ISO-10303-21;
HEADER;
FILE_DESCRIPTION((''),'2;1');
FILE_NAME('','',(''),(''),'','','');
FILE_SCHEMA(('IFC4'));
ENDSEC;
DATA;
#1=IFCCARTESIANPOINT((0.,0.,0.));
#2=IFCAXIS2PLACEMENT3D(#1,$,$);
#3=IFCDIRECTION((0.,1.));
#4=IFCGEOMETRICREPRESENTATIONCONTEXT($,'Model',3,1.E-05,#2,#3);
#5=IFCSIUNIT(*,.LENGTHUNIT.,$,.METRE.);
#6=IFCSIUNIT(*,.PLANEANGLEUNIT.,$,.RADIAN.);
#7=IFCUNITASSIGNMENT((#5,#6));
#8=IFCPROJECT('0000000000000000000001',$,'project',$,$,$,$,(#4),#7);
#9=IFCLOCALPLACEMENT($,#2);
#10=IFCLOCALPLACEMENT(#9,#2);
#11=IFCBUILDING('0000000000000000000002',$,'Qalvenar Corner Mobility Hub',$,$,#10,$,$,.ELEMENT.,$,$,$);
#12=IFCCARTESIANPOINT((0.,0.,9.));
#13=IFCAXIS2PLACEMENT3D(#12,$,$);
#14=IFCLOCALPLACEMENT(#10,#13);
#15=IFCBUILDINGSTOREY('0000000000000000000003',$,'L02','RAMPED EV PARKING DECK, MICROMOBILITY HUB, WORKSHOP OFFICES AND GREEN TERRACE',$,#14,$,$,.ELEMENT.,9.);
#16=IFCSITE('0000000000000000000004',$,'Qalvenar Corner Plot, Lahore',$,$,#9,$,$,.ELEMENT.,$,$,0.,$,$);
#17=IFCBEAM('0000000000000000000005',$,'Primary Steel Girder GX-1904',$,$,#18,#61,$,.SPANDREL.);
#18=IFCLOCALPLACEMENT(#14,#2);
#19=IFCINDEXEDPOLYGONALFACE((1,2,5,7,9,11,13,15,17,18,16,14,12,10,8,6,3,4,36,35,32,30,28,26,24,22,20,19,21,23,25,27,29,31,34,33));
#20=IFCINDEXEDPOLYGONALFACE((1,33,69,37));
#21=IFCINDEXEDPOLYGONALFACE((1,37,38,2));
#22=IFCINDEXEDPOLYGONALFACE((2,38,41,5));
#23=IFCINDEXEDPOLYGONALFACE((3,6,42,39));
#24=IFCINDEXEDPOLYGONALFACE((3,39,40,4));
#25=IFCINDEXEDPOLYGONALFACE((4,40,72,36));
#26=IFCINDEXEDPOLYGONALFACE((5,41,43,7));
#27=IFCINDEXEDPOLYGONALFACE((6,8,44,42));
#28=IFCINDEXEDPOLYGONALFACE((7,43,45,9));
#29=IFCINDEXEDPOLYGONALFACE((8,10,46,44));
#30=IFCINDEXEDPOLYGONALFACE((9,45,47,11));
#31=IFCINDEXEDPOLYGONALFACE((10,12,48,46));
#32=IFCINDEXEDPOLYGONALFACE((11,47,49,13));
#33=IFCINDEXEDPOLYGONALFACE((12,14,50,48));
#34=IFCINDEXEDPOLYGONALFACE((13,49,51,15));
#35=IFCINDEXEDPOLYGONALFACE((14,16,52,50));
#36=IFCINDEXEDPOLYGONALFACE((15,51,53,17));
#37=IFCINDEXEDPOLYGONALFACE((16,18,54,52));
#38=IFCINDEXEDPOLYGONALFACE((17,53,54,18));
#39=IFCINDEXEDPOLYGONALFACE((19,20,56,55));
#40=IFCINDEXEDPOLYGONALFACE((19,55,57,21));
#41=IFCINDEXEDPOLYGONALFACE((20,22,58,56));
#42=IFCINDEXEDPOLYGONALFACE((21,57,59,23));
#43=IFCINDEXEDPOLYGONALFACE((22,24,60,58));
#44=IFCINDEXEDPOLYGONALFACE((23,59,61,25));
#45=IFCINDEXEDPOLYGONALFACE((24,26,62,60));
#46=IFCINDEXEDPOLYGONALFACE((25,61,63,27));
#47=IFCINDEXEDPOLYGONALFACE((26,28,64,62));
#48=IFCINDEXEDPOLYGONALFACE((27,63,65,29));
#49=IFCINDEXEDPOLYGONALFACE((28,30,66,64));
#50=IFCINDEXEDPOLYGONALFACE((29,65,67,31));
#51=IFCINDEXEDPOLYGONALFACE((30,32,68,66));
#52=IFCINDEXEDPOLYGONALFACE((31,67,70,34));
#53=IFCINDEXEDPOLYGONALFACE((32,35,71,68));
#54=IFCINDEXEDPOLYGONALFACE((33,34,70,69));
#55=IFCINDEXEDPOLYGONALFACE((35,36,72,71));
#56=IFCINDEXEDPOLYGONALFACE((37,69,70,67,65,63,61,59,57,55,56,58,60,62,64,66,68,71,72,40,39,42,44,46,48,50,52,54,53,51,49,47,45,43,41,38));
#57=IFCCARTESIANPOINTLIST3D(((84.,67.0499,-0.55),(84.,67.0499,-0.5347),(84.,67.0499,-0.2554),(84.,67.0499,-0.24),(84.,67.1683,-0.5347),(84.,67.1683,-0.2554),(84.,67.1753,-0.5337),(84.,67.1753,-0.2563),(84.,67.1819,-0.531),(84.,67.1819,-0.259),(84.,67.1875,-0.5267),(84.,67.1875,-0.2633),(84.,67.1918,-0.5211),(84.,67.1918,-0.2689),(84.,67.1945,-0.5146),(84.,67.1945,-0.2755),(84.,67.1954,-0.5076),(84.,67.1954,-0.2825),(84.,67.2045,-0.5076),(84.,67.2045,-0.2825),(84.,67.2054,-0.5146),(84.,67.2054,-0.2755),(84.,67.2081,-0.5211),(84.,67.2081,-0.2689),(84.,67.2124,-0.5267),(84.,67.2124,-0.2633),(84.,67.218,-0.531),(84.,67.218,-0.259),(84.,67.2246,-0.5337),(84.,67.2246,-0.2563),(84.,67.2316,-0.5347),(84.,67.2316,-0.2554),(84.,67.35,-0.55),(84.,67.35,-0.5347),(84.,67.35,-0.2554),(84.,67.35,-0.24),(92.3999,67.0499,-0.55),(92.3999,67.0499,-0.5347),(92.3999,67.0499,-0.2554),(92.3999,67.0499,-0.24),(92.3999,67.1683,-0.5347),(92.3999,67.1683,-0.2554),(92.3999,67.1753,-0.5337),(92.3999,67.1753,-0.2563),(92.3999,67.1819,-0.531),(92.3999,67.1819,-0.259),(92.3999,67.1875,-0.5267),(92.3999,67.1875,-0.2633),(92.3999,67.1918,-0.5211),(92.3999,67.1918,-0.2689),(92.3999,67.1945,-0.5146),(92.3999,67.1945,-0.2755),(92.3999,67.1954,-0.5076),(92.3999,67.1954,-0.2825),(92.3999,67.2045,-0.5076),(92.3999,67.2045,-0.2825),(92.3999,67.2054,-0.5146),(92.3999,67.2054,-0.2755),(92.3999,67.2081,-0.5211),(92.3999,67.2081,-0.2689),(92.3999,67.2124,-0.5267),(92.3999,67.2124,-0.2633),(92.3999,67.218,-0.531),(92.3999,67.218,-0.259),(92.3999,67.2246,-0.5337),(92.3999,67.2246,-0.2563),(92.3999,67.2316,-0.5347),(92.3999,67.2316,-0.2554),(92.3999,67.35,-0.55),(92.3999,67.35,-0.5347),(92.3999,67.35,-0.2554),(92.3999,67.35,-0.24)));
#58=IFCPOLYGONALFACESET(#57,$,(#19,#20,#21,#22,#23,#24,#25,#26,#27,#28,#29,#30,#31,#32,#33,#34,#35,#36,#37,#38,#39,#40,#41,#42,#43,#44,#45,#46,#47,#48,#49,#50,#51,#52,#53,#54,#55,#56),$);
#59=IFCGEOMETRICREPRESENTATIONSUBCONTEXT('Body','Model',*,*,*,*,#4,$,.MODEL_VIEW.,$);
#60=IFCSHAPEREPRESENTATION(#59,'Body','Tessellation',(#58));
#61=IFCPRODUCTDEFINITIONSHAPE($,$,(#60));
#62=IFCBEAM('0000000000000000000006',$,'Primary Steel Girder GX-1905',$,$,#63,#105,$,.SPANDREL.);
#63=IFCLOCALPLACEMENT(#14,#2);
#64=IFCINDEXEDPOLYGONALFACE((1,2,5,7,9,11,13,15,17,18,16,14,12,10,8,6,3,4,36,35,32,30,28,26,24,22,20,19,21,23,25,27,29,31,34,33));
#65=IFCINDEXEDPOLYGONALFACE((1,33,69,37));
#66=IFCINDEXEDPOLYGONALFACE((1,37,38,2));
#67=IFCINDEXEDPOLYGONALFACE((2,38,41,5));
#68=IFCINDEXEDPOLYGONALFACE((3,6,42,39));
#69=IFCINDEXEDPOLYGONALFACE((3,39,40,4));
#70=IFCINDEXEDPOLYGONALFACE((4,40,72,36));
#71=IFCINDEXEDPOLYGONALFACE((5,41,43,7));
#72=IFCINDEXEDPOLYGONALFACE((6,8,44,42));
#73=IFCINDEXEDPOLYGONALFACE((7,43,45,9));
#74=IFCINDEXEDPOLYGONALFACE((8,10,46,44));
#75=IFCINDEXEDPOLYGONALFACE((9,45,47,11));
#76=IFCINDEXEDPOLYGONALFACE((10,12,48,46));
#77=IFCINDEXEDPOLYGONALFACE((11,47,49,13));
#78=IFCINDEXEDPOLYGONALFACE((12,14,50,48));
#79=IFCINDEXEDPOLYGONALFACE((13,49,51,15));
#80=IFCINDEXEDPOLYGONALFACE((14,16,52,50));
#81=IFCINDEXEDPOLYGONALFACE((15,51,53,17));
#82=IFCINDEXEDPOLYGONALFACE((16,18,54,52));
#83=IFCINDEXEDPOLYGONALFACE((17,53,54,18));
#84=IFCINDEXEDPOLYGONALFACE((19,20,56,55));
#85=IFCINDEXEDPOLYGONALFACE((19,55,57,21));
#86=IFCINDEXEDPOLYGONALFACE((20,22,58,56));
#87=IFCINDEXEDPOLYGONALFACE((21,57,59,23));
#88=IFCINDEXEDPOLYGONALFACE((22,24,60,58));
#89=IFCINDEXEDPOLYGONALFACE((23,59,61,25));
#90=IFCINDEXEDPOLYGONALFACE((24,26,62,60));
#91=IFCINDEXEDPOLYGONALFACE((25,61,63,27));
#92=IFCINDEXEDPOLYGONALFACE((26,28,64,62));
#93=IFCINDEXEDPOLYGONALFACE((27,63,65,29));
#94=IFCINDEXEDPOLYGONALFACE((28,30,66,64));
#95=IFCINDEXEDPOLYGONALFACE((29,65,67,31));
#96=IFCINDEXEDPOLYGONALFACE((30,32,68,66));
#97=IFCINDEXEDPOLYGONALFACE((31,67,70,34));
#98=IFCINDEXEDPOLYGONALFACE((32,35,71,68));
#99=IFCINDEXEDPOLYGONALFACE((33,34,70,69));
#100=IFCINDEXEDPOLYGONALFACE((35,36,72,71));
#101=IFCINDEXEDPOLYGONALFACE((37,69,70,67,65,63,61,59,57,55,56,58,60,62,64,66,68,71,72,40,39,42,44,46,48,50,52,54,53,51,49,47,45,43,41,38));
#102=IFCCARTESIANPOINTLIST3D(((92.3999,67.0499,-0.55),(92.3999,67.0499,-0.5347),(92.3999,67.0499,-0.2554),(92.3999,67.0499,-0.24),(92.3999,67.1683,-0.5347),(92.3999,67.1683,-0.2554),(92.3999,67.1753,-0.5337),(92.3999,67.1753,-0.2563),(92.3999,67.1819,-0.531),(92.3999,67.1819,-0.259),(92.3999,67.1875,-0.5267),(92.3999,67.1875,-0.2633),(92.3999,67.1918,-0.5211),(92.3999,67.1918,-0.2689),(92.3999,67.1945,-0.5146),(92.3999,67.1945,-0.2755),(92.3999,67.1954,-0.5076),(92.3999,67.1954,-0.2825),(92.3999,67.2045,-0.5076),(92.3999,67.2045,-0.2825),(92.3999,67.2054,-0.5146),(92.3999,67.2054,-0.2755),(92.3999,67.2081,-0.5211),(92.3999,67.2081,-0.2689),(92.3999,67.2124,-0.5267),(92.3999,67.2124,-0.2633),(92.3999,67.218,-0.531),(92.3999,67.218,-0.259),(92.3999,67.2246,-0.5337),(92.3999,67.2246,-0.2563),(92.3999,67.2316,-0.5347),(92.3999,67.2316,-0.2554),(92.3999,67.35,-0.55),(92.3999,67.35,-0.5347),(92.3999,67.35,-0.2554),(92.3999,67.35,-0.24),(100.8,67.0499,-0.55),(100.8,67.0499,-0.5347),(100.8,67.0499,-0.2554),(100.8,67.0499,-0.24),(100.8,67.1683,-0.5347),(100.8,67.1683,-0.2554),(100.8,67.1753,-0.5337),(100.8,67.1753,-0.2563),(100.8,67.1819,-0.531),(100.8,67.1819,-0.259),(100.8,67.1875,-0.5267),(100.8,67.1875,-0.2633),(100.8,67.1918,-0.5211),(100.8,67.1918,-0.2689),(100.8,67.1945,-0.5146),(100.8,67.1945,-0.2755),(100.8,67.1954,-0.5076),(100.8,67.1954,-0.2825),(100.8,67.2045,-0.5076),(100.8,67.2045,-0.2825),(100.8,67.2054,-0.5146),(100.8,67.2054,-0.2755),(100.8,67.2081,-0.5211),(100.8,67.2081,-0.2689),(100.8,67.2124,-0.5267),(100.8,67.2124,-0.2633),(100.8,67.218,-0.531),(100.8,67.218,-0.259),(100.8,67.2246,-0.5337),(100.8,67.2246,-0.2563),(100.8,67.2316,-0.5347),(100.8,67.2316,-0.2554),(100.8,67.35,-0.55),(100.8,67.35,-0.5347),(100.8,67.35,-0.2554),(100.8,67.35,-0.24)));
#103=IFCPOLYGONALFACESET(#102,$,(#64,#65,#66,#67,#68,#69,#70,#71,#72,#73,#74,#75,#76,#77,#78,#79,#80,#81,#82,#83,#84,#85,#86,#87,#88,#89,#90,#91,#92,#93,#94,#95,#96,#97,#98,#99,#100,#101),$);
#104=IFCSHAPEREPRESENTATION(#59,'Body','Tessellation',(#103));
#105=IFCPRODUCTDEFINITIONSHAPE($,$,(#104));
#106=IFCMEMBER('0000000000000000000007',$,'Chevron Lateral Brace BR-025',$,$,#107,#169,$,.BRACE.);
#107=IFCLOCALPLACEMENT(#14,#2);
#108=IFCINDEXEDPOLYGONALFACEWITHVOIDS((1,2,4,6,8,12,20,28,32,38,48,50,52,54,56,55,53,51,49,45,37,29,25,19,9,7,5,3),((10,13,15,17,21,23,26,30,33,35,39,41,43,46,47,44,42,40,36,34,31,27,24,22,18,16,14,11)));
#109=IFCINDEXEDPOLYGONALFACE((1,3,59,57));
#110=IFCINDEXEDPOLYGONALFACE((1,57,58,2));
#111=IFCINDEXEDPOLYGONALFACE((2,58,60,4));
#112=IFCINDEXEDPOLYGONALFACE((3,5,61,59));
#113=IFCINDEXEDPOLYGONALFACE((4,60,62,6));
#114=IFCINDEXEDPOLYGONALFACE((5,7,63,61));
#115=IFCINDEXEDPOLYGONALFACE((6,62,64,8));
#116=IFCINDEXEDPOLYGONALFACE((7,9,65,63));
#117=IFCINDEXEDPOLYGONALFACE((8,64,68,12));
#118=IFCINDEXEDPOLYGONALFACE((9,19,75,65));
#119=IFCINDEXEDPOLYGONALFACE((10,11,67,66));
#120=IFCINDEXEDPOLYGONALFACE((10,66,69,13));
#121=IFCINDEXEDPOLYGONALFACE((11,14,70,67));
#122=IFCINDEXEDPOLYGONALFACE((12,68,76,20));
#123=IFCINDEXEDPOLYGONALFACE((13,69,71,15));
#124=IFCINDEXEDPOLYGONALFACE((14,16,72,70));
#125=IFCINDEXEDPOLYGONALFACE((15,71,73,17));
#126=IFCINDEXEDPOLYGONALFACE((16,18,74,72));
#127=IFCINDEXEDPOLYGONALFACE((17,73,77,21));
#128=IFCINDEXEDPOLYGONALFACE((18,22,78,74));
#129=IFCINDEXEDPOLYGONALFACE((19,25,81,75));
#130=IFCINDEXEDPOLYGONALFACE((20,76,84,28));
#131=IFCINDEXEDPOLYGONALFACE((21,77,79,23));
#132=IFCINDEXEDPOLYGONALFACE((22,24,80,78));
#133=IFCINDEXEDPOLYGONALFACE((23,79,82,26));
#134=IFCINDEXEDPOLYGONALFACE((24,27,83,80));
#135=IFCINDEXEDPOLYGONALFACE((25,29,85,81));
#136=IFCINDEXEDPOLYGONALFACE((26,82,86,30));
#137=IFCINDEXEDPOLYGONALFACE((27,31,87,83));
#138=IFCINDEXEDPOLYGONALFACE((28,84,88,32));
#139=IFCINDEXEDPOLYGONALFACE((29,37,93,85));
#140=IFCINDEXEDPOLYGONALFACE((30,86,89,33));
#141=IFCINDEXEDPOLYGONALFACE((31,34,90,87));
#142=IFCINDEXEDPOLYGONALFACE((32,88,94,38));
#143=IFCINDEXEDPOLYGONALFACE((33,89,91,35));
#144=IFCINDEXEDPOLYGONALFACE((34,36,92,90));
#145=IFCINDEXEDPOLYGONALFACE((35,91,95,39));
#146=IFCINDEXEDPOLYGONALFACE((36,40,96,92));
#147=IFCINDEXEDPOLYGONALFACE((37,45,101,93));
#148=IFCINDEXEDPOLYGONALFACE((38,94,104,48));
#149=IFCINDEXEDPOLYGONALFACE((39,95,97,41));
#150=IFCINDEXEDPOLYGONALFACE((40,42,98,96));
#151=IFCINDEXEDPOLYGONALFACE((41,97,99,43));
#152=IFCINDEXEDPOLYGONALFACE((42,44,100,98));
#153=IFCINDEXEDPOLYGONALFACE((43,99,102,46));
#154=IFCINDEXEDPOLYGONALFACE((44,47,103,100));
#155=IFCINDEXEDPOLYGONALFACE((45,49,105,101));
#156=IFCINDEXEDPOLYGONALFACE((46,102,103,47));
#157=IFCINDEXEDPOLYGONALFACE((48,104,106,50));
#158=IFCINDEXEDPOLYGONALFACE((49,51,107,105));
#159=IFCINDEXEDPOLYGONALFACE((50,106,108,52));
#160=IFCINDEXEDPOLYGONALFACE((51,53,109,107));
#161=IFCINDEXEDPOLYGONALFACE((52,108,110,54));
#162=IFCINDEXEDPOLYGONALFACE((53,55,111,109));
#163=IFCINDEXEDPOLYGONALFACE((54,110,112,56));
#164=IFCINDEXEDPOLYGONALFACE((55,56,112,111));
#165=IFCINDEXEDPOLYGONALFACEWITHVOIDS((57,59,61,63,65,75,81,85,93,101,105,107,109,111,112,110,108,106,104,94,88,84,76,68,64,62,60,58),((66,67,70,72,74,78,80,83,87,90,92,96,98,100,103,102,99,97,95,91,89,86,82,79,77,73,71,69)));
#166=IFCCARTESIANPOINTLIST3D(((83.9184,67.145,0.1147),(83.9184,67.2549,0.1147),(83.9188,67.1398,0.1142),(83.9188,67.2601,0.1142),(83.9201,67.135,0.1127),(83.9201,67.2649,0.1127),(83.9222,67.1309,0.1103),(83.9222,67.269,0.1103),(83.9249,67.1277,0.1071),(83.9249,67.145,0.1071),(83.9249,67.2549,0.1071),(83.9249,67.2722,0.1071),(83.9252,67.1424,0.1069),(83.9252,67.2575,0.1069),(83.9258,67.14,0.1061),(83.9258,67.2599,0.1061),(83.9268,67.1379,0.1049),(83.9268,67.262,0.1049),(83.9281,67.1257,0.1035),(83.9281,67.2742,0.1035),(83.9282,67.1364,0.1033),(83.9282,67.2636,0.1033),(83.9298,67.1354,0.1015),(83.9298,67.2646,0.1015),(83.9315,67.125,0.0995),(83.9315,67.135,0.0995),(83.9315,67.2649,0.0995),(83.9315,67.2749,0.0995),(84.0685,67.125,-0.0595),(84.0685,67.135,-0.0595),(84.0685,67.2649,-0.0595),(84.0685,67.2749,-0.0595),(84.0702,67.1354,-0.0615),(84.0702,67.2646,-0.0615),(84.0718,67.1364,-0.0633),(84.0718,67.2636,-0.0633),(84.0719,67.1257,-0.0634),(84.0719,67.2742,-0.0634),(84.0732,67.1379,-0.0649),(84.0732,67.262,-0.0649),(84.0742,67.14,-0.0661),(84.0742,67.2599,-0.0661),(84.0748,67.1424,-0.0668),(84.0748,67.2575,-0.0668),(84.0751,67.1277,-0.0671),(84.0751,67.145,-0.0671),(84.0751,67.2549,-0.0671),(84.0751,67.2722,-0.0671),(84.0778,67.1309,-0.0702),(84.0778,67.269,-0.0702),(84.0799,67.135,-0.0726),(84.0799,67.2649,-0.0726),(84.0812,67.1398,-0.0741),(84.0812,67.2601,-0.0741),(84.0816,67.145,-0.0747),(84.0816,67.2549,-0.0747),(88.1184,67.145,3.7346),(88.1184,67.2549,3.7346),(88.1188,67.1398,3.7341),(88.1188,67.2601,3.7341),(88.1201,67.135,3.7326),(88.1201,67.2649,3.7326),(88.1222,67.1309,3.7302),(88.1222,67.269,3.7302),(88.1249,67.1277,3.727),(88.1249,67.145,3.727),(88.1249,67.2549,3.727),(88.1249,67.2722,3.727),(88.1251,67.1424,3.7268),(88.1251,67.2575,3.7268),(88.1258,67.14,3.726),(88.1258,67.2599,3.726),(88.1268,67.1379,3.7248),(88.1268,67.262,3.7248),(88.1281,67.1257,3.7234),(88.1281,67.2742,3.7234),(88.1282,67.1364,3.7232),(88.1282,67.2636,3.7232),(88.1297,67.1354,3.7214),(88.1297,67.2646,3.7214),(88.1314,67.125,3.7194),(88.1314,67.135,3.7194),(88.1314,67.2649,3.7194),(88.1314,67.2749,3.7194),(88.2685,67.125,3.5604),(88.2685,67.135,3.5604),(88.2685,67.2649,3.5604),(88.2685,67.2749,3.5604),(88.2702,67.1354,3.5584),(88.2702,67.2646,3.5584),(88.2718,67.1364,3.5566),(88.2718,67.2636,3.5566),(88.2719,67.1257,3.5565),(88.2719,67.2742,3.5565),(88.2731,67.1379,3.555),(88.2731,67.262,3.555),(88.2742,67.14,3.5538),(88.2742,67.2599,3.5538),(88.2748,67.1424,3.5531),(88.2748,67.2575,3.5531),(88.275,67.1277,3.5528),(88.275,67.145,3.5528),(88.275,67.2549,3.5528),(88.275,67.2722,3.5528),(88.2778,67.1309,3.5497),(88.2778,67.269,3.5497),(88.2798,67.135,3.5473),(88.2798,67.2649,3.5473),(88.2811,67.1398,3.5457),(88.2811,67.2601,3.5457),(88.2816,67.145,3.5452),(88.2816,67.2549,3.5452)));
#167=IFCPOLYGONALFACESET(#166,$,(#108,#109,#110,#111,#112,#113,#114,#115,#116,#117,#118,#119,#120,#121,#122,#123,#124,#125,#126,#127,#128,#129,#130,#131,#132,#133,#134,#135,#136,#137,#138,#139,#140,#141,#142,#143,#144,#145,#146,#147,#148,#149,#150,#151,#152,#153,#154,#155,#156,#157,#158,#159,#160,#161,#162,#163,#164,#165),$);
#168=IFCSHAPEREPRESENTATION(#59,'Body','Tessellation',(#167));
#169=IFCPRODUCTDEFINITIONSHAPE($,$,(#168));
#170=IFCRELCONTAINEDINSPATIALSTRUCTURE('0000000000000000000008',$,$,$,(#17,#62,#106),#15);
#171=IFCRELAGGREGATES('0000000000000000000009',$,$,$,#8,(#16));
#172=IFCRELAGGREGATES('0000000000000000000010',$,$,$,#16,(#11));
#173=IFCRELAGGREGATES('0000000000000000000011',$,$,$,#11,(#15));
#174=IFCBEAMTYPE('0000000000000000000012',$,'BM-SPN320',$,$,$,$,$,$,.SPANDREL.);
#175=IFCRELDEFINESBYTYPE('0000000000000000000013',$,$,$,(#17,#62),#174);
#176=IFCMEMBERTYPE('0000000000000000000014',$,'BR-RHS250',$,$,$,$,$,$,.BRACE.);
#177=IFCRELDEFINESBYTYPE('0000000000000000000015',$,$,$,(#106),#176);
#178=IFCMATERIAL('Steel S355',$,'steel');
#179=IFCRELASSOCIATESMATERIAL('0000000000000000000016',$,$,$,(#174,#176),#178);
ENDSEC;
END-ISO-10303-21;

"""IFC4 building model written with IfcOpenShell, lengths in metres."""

from ifc_helpers import new_model, si_unit, direction, frame, origin, origin_2d, place, context, subcontext, project, spatial, hollow_rectangle, i_section, extrude, material, material_profile, profile_set, type_object, element, save


model = new_model("IFC4")

# Units and contexts
model_context = context("Model", 3, precision=1e-05, world=origin(), true_north=direction((0.0, 1.0)))
body_context = subcontext(model_context, "Body", "Model", "MODEL_VIEW")
ifc_project = project(units=[si_unit("LENGTHUNIT", "METRE"), si_unit("PLANEANGLEUNIT", "RADIAN")], contexts=[model_context])

# Site, building, storey
site_placement = place(None, origin())
site = spatial("IfcSite", under=ifc_project, at=site_placement, Name="Qalvenar Corner Plot, Lahore", CompositionType="ELEMENT", RefElevation=0.0)
building_placement = place(site_placement, origin())
building = spatial("IfcBuilding", under=site, at=building_placement, Name="Qalvenar Corner Mobility Hub", CompositionType="ELEMENT")
storey_placement = place(building_placement, frame((0.0, 0.0, 9.0)))
storey = spatial("IfcBuildingStorey", under=building, at=storey_placement, Name="L02", Description="RAMPED EV PARKING DECK, MICROMOBILITY HUB, WORKSHOP OFFICES AND GREEN TERRACE", CompositionType="ELEMENT", Elevation=9.0)

# Shared definitions
ifc_material_1 = material(Name="Steel S355", Category="steel")

# Beams
ifc_material_profile_1 = material_profile(ifc_material_1, i_section(OverallWidth=0.3, OverallDepth=0.3101, WebThickness=0.009, FlangeThickness=0.0154, FilletRadius=0.0271, at=origin_2d()), Name="HEA320")
ifc_profile_set_1 = profile_set([ifc_material_profile_1], Name="Steel S355")
beam_type_1 = type_object("IfcBeamType", Name="BM-SPN320", PredefinedType="SPANDREL", material=ifc_profile_set_1)
beam_1_placement = place(storey_placement, frame((84.0, 67.2, -0.395), z_axis=(1.0, 0.0, 0.0), x_axis=(0.0, 1.0, 0.0)))
element("IfcBeam", 1, at=beam_1_placement, inside=storey, type_object=beam_type_1, Name="Primary Steel Girder GX-1904", PredefinedType="SPANDREL", context=body_context, shape_type="SweptSolid", body=[
    extrude(i_section(OverallWidth=0.3, OverallDepth=0.3101, WebThickness=0.009, FlangeThickness=0.0154, FilletRadius=0.0271, at=origin_2d()), origin(), (0.0, 0.0, 1.0), 8.3999),
])
beam_2_placement = place(storey_placement, frame((92.3999, 67.2, -0.395), z_axis=(1.0, 0.0, 0.0), x_axis=(0.0, 1.0, 0.0)))
element("IfcBeam", 2, at=beam_2_placement, inside=storey, type_object=beam_type_1, Name="Primary Steel Girder GX-1905", PredefinedType="SPANDREL", context=body_context, shape_type="SweptSolid", body=[
    extrude(i_section(OverallWidth=0.3, OverallDepth=0.3101, WebThickness=0.009, FlangeThickness=0.0154, FilletRadius=0.0271, at=origin_2d()), origin(), (0.0, 0.0, 1.0), 8.4001),
])

# Member
ifc_material_profile_2 = material_profile(ifc_material_1, hollow_rectangle(XDim=0.1499, YDim=0.25, WallThickness=0.01, InnerFilletRadius=0.01, OuterFilletRadius=0.02, at=origin_2d()), Name="RHS250x150x10")
ifc_profile_set_2 = profile_set([ifc_material_profile_2], Name="Steel S355")
member_type = type_object("IfcMemberType", Name="BR-RHS250", PredefinedType="BRACE", material=ifc_profile_set_2)
for number, where, z_axis, x_axis, name in (
    (3, (84.0, 67.2, 0.02), (0.757479, 0.0, 0.652859), (0.0, 1.0, 0.0), "Chevron Lateral Brace BR-025"),
):
    element("IfcMember", number, at=place(storey_placement, frame(where, z_axis=z_axis, x_axis=x_axis)), inside=storey, type_object=member_type, Name=name, PredefinedType="BRACE", context=body_context, shape_type="SweptSolid", body=[
        extrude(hollow_rectangle(XDim=0.1499, YDim=0.25, WallThickness=0.01, InnerFilletRadius=0.01, OuterFilletRadius=0.02, at=origin_2d()), origin(), (0.0, 0.0, 1.0), 5.5447),
    ])

save(model, "model.ifc")
